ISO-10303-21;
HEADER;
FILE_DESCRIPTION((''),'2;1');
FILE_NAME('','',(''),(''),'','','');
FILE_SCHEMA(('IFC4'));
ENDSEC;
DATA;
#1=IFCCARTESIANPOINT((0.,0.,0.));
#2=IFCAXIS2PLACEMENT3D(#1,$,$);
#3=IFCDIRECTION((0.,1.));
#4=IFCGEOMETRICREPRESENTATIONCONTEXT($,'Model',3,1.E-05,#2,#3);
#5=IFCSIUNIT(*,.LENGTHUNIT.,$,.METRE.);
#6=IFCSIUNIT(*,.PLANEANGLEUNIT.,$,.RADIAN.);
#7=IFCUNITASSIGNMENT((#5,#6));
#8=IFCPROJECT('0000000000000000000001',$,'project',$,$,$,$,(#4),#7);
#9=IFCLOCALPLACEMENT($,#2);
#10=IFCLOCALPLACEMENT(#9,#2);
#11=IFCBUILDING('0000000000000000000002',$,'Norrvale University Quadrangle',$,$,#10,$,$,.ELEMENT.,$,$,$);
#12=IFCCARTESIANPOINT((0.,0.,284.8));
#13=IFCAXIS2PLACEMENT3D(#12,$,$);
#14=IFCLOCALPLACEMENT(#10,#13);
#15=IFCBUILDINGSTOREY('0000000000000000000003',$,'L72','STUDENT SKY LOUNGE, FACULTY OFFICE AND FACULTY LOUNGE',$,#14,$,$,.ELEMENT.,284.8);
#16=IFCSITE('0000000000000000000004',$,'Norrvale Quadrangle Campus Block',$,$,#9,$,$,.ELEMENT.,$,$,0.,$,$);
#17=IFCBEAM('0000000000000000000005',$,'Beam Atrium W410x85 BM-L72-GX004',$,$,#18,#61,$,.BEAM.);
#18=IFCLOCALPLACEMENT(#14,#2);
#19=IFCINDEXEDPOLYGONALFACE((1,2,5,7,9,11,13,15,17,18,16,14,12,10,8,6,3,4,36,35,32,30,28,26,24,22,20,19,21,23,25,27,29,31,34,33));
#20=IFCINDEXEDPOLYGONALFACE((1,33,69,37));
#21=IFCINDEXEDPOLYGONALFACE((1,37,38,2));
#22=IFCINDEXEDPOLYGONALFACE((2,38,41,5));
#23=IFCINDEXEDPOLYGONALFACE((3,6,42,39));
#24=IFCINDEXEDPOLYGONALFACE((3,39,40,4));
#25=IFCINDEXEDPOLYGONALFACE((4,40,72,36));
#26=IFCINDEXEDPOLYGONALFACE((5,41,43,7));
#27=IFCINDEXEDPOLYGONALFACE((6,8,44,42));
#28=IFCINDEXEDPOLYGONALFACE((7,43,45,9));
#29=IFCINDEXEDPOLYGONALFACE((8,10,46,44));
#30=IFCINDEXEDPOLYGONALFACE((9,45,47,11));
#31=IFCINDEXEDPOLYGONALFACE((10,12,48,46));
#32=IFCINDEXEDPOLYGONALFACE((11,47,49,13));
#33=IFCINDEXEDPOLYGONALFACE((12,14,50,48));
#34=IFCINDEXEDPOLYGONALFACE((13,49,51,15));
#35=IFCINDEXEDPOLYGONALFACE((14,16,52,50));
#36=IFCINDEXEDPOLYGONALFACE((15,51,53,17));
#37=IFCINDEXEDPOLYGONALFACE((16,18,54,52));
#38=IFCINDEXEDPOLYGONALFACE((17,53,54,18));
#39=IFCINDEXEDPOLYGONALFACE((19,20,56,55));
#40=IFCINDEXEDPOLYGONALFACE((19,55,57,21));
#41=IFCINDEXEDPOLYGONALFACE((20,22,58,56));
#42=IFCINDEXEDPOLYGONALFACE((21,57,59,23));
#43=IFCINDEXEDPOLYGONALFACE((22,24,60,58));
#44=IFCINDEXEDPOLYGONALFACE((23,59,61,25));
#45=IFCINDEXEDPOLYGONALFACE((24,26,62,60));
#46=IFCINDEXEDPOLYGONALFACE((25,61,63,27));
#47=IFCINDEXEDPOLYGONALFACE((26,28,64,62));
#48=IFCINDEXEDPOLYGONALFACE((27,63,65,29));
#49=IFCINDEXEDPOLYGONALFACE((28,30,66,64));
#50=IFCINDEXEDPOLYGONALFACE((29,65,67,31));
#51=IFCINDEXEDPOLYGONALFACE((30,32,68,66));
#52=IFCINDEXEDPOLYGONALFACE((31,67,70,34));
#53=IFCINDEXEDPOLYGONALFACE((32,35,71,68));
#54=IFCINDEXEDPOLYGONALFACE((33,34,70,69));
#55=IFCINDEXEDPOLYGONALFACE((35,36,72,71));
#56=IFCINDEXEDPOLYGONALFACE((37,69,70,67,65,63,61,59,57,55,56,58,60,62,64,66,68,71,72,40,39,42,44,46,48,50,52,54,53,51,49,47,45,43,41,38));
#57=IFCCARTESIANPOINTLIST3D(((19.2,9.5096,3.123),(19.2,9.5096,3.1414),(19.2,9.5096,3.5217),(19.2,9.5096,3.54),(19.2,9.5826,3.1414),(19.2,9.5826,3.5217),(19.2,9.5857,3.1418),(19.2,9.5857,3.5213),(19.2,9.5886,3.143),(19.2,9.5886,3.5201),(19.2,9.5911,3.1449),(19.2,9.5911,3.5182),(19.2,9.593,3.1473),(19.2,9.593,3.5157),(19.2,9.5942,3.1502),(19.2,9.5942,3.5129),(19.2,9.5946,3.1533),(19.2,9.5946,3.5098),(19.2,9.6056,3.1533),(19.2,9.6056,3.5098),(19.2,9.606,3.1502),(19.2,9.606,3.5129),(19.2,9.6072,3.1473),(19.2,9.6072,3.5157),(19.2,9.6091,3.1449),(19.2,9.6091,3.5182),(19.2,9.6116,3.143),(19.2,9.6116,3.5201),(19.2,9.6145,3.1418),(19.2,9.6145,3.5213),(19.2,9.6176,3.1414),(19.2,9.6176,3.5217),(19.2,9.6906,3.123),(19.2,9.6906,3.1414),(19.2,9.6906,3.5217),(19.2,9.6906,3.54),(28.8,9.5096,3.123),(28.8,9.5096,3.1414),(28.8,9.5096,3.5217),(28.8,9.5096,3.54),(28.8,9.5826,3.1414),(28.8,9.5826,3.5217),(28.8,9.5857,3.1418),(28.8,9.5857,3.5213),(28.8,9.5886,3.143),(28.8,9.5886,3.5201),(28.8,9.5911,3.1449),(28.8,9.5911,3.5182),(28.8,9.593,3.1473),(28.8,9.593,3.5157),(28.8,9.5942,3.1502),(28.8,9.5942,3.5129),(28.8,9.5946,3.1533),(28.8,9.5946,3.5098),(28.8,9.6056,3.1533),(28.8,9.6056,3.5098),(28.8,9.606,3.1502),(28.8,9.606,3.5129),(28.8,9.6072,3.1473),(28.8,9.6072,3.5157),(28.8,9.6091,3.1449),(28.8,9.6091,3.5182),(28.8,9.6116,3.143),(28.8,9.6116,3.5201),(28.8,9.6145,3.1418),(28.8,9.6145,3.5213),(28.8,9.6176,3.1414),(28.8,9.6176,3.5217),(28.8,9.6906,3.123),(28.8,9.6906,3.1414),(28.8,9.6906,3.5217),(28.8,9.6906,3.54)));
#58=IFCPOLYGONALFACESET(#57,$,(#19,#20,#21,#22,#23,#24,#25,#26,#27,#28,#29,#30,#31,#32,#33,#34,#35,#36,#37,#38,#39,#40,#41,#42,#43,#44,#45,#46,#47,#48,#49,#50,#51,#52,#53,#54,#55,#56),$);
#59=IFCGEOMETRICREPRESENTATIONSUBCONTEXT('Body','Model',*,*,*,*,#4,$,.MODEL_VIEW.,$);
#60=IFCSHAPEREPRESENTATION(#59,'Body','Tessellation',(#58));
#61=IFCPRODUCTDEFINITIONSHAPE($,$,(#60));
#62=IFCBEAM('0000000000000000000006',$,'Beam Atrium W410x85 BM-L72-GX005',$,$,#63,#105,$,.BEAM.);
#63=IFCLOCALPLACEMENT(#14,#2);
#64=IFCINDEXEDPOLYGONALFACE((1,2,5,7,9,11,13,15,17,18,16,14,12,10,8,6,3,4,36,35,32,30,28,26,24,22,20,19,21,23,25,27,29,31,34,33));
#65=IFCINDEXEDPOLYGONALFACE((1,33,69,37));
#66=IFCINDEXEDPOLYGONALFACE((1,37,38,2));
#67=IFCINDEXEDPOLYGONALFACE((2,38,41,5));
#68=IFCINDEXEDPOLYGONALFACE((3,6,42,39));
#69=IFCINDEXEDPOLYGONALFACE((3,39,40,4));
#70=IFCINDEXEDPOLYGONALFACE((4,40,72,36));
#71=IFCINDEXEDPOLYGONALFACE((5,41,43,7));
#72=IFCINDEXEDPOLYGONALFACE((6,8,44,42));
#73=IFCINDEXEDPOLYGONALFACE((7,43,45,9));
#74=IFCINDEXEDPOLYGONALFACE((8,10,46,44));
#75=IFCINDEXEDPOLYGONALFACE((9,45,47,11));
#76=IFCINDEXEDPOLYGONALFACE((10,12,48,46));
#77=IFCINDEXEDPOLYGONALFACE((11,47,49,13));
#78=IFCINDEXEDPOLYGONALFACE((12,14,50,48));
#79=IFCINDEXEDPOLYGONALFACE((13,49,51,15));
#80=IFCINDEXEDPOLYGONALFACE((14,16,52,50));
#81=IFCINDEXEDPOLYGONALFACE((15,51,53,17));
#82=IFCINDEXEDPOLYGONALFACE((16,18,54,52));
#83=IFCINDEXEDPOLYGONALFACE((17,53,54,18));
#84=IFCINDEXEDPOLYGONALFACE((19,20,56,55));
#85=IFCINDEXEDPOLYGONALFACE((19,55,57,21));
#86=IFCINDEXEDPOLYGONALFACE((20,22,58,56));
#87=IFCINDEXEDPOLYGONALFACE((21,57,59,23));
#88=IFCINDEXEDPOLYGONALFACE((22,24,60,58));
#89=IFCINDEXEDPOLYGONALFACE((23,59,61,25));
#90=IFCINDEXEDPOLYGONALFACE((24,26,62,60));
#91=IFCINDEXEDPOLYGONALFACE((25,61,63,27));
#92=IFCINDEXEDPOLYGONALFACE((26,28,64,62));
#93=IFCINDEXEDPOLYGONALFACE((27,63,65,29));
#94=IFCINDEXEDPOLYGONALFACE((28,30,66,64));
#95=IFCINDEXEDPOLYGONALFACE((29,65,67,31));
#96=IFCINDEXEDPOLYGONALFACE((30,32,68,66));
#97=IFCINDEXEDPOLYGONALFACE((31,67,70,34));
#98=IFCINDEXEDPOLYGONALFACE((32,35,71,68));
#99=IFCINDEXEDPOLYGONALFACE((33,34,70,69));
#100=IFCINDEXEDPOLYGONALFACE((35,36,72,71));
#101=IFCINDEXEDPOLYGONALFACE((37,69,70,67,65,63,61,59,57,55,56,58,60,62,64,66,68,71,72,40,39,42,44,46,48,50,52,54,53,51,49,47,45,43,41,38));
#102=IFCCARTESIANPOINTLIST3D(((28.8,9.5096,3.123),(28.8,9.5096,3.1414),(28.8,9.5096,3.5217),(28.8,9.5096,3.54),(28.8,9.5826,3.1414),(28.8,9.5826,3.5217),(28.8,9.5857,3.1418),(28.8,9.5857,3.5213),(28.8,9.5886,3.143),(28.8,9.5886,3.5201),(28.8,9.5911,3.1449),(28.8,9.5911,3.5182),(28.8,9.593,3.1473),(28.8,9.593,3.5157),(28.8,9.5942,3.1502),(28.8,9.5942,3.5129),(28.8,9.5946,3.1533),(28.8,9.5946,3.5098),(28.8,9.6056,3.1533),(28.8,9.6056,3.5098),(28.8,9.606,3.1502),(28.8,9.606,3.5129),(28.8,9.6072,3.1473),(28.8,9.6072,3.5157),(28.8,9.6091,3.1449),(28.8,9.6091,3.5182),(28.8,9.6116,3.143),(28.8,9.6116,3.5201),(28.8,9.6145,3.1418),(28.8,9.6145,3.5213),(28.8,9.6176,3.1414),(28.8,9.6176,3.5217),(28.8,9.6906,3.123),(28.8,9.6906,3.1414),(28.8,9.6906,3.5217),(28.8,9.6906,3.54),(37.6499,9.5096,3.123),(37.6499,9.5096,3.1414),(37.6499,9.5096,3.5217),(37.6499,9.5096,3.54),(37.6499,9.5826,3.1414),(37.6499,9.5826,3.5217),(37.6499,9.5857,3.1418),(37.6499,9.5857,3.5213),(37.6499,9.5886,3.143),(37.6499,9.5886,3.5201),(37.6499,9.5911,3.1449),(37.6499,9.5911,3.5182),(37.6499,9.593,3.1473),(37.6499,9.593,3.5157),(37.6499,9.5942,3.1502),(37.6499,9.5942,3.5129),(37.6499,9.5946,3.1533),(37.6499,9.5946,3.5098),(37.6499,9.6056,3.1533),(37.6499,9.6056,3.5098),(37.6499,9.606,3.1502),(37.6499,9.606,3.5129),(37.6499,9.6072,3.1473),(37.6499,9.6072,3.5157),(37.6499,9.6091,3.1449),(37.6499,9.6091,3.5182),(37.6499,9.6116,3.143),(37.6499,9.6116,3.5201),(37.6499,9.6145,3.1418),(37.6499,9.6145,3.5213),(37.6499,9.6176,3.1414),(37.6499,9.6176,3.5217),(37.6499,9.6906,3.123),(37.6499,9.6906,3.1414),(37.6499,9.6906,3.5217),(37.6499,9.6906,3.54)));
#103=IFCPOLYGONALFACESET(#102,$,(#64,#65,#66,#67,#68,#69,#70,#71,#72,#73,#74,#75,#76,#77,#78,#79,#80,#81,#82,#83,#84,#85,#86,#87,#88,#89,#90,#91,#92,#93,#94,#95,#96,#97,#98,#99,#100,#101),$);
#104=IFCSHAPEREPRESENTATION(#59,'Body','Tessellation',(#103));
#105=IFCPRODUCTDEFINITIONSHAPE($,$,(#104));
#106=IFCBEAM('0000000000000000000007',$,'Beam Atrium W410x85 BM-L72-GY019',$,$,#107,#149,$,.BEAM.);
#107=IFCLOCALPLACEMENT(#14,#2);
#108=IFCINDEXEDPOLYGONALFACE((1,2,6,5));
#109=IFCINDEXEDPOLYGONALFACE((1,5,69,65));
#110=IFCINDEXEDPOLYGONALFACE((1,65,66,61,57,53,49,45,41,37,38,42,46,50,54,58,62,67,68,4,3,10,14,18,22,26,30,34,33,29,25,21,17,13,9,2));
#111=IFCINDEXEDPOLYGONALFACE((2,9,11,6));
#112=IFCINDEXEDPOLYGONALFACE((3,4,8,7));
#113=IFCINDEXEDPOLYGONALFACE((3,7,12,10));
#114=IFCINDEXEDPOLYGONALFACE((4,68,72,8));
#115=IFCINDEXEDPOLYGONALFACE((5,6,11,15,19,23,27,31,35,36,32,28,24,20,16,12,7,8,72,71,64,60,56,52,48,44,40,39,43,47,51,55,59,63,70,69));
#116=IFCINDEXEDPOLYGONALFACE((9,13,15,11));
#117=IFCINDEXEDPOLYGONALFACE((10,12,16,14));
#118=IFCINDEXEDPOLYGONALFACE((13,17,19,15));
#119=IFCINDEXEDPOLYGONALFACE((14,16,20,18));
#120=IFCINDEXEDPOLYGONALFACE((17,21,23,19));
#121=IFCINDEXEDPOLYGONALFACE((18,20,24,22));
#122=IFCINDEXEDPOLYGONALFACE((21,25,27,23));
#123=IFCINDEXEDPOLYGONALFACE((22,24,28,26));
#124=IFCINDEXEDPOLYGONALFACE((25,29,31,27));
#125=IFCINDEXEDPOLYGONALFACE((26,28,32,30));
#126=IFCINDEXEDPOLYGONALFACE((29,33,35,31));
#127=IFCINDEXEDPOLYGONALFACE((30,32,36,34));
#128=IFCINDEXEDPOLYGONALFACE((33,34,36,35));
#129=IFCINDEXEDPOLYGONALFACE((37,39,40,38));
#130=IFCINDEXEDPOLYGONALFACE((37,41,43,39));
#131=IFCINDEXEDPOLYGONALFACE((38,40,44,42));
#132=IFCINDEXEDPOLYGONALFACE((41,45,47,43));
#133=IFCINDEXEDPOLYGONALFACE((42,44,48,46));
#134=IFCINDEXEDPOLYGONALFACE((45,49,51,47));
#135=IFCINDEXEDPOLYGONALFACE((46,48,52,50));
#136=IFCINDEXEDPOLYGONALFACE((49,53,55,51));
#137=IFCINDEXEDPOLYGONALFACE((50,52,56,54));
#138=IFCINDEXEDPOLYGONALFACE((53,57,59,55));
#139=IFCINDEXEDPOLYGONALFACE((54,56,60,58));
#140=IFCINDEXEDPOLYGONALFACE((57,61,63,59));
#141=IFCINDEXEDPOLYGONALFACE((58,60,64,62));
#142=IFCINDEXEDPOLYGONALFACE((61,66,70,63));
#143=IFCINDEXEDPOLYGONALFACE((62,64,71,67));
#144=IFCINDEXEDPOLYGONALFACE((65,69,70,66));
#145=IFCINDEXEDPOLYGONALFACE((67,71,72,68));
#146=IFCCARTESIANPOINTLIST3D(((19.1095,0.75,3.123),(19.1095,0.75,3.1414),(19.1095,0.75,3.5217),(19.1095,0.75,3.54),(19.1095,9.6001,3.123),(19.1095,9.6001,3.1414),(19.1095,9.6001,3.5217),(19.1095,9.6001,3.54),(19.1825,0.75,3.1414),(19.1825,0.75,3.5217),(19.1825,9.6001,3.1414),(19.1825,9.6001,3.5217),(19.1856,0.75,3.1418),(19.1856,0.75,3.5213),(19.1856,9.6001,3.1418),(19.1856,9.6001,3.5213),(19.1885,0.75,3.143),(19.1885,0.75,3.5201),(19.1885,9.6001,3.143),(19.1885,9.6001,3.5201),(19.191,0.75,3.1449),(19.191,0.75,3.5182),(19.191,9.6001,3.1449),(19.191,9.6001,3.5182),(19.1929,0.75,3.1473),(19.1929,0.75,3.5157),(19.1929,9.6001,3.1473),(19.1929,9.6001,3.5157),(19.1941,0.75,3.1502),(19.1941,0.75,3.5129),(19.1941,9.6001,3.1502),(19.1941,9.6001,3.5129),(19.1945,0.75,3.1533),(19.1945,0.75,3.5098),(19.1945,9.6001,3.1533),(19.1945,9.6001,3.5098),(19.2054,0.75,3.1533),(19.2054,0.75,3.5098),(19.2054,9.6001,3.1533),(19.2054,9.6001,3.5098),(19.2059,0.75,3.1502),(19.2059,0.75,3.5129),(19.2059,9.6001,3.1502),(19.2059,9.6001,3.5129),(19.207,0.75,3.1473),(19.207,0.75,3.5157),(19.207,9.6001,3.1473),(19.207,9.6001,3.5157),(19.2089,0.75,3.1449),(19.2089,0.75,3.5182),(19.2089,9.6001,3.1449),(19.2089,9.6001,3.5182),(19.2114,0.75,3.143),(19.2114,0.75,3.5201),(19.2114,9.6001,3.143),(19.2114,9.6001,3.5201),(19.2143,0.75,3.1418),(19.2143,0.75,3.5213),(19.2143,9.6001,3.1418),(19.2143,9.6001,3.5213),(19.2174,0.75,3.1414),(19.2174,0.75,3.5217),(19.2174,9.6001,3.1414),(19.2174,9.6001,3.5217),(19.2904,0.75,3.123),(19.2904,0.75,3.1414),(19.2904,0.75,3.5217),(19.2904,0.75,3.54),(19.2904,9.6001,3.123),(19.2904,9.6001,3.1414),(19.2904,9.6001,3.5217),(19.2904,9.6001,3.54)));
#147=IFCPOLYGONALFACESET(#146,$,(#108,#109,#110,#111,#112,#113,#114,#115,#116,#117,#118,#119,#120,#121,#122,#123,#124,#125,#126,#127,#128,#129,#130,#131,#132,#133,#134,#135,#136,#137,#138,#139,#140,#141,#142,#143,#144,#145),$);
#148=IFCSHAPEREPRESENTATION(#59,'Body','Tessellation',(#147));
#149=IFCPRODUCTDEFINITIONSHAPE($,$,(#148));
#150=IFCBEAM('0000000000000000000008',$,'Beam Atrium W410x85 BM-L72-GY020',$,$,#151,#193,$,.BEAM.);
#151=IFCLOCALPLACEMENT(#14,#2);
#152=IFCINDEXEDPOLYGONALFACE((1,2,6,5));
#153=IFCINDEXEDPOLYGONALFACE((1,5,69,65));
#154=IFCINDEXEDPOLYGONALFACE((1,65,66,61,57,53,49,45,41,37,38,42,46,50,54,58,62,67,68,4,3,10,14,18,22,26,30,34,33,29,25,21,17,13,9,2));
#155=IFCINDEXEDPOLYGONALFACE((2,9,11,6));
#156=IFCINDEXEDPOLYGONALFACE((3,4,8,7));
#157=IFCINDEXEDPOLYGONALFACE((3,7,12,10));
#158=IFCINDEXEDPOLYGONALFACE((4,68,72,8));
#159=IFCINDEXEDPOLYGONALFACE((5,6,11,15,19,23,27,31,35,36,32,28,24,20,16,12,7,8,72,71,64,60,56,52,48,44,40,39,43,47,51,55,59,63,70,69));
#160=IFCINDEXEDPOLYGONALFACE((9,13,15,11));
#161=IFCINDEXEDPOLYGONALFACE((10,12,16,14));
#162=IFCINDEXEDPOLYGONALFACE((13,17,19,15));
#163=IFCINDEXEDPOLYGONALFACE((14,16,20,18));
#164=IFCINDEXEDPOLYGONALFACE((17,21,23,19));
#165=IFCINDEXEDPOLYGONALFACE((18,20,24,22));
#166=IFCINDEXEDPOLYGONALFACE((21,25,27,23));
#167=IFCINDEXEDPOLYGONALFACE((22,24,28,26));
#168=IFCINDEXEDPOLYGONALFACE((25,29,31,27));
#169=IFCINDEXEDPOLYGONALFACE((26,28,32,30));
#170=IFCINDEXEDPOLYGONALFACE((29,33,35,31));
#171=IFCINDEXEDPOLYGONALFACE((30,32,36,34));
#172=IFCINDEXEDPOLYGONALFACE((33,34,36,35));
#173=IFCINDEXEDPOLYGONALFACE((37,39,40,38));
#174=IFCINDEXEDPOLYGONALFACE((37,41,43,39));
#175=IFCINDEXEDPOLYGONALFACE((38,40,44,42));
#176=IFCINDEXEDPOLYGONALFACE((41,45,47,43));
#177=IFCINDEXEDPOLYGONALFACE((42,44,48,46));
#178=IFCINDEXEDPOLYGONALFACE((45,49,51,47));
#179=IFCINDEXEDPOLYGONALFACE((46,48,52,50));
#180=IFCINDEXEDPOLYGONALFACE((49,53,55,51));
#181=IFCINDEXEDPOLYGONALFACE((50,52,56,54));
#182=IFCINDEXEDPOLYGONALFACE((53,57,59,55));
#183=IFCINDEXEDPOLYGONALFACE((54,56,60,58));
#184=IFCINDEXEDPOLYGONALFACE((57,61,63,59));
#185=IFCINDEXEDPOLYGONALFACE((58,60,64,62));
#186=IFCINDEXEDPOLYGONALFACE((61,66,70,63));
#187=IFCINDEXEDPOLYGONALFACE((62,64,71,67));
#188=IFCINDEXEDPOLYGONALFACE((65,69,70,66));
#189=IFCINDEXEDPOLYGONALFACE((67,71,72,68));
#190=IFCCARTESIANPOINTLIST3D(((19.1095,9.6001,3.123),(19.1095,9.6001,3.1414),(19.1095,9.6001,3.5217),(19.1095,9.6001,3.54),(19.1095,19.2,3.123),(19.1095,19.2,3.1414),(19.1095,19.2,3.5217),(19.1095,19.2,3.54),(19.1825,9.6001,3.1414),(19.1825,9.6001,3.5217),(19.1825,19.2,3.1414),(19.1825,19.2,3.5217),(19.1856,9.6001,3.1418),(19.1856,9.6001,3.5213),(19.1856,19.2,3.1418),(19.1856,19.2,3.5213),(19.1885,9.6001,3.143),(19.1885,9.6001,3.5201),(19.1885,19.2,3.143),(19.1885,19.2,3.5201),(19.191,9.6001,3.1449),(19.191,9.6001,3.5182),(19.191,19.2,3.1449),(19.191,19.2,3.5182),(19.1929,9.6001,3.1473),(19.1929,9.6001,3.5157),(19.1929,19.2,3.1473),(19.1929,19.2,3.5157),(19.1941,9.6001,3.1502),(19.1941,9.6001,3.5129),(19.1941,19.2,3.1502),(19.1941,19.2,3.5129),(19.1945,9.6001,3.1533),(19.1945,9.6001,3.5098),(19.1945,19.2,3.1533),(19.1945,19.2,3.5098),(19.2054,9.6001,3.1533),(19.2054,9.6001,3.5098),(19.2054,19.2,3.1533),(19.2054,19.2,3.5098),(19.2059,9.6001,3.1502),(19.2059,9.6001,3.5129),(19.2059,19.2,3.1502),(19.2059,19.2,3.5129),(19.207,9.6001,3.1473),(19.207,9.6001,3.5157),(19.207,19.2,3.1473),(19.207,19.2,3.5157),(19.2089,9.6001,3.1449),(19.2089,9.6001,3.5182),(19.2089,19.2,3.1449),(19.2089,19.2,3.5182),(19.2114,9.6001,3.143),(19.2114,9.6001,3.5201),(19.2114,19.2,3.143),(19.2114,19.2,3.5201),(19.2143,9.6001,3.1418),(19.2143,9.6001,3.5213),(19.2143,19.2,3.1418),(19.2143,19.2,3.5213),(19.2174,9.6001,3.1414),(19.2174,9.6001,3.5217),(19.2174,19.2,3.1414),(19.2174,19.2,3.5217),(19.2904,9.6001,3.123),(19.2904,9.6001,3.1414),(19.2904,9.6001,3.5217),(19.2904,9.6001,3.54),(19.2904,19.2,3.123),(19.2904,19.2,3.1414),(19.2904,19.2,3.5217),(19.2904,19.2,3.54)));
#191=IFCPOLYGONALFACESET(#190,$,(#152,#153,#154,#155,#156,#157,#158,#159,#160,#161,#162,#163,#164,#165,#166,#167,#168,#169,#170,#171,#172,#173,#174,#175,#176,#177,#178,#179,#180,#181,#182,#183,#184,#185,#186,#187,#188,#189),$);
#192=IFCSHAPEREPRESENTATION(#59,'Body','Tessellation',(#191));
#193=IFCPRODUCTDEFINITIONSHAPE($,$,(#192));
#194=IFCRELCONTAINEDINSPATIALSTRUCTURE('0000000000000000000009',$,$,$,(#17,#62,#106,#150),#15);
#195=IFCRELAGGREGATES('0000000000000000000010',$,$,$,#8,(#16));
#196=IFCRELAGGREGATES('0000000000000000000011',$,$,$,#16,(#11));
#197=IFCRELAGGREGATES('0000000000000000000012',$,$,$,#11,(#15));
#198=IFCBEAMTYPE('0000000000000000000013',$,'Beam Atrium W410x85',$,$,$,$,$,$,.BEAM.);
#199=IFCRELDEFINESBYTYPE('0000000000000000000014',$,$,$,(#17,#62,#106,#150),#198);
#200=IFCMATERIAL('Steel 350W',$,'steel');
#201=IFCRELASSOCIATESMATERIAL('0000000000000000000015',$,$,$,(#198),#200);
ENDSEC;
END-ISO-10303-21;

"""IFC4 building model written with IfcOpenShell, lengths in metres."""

from ifc_helpers import new_model, si_unit, direction, frame, origin, origin_2d, place, context, subcontext, project, spatial, i_section, extrude, material, material_profile, profile_set, type_object, element, save


model = new_model("IFC4")

# Units and contexts
model_context = context("Model", 3, precision=1e-05, world=origin(), true_north=direction((0.0, 1.0)))
body_context = subcontext(model_context, "Body", "Model", "MODEL_VIEW")
ifc_project = project(units=[si_unit("LENGTHUNIT", "METRE"), si_unit("PLANEANGLEUNIT", "RADIAN")], contexts=[model_context])

# Site, building, storey
site_placement = place(None, origin())
site = spatial("IfcSite", under=ifc_project, at=site_placement, Name="Norrvale Quadrangle Campus Block", CompositionType="ELEMENT", RefElevation=0.0)
building_placement = place(site_placement, origin())
building = spatial("IfcBuilding", under=site, at=building_placement, Name="Norrvale University Quadrangle", CompositionType="ELEMENT")
storey_placement = place(building_placement, frame((0.0, 0.0, 284.8)))
storey = spatial("IfcBuildingStorey", under=building, at=storey_placement, Name="L72", Description="STUDENT SKY LOUNGE, FACULTY OFFICE AND FACULTY LOUNGE", CompositionType="ELEMENT", Elevation=284.8)

# Beams
ifc_material_1 = material(Name="Steel 350W", Category="steel")
ifc_material_profile_1 = material_profile(ifc_material_1, i_section(OverallWidth=0.1809, OverallDepth=0.417, WebThickness=0.011, FlangeThickness=0.0183, FilletRadius=0.012, at=origin_2d()), Name="Steel 350W")
ifc_profile_set_1 = profile_set([ifc_material_profile_1], Name="Steel 350W")
beam_type_1 = type_object("IfcBeamType", Name="Beam Atrium W410x85", PredefinedType="BEAM", material=ifc_profile_set_1)
beam_1_placement = place(storey_placement, frame((19.2, 9.6001, 3.3315), z_axis=(1.0, 0.0, 0.0), x_axis=(0.0, 1.0, 0.0)))
element("IfcBeam", 1, at=beam_1_placement, inside=storey, type_object=beam_type_1, Name="Beam Atrium W410x85 BM-L72-GX004", PredefinedType="BEAM", context=body_context, shape_type="SweptSolid", body=[
    extrude(i_section(OverallWidth=0.1809, OverallDepth=0.417, WebThickness=0.011, FlangeThickness=0.0183, FilletRadius=0.012, at=origin_2d()), origin(), (0.0, 0.0, 1.0), 9.6001),
])
beam_2_placement = place(storey_placement, frame((28.8, 9.6001, 3.3315), z_axis=(1.0, 0.0, 0.0), x_axis=(0.0, 1.0, 0.0)))
element("IfcBeam", 2, at=beam_2_placement, inside=storey, type_object=beam_type_1, Name="Beam Atrium W410x85 BM-L72-GX005", PredefinedType="BEAM", context=body_context, shape_type="SweptSolid", body=[
    extrude(i_section(OverallWidth=0.1809, OverallDepth=0.417, WebThickness=0.011, FlangeThickness=0.0183, FilletRadius=0.012, at=origin_2d()), origin(), (0.0, 0.0, 1.0), 8.8499),
])
beam_3_placement = place(storey_placement, frame((19.2, 0.75, 3.3315), z_axis=(0.0, 1.0, 0.0), x_axis=(-1.0, 0.0, 0.0)))
element("IfcBeam", 3, at=beam_3_placement, inside=storey, type_object=beam_type_1, Name="Beam Atrium W410x85 BM-L72-GY019", PredefinedType="BEAM", context=body_context, shape_type="SweptSolid", body=[
    extrude(i_section(OverallWidth=0.1809, OverallDepth=0.417, WebThickness=0.011, FlangeThickness=0.0183, FilletRadius=0.012, at=origin_2d()), origin(), (0.0, 0.0, 1.0), 8.8501),
])
beam_4_placement = place(storey_placement, frame((19.2, 9.6001, 3.3315), z_axis=(0.0, 1.0, 0.0), x_axis=(-1.0, 0.0, 0.0)))
element("IfcBeam", 4, at=beam_4_placement, inside=storey, type_object=beam_type_1, Name="Beam Atrium W410x85 BM-L72-GY020", PredefinedType="BEAM", context=body_context, shape_type="SweptSolid", body=[
    extrude(i_section(OverallWidth=0.1809, OverallDepth=0.417, WebThickness=0.011, FlangeThickness=0.0183, FilletRadius=0.012, at=origin_2d()), origin(), (0.0, 0.0, 1.0), 9.5999),
])

save(model, "model.ifc")
